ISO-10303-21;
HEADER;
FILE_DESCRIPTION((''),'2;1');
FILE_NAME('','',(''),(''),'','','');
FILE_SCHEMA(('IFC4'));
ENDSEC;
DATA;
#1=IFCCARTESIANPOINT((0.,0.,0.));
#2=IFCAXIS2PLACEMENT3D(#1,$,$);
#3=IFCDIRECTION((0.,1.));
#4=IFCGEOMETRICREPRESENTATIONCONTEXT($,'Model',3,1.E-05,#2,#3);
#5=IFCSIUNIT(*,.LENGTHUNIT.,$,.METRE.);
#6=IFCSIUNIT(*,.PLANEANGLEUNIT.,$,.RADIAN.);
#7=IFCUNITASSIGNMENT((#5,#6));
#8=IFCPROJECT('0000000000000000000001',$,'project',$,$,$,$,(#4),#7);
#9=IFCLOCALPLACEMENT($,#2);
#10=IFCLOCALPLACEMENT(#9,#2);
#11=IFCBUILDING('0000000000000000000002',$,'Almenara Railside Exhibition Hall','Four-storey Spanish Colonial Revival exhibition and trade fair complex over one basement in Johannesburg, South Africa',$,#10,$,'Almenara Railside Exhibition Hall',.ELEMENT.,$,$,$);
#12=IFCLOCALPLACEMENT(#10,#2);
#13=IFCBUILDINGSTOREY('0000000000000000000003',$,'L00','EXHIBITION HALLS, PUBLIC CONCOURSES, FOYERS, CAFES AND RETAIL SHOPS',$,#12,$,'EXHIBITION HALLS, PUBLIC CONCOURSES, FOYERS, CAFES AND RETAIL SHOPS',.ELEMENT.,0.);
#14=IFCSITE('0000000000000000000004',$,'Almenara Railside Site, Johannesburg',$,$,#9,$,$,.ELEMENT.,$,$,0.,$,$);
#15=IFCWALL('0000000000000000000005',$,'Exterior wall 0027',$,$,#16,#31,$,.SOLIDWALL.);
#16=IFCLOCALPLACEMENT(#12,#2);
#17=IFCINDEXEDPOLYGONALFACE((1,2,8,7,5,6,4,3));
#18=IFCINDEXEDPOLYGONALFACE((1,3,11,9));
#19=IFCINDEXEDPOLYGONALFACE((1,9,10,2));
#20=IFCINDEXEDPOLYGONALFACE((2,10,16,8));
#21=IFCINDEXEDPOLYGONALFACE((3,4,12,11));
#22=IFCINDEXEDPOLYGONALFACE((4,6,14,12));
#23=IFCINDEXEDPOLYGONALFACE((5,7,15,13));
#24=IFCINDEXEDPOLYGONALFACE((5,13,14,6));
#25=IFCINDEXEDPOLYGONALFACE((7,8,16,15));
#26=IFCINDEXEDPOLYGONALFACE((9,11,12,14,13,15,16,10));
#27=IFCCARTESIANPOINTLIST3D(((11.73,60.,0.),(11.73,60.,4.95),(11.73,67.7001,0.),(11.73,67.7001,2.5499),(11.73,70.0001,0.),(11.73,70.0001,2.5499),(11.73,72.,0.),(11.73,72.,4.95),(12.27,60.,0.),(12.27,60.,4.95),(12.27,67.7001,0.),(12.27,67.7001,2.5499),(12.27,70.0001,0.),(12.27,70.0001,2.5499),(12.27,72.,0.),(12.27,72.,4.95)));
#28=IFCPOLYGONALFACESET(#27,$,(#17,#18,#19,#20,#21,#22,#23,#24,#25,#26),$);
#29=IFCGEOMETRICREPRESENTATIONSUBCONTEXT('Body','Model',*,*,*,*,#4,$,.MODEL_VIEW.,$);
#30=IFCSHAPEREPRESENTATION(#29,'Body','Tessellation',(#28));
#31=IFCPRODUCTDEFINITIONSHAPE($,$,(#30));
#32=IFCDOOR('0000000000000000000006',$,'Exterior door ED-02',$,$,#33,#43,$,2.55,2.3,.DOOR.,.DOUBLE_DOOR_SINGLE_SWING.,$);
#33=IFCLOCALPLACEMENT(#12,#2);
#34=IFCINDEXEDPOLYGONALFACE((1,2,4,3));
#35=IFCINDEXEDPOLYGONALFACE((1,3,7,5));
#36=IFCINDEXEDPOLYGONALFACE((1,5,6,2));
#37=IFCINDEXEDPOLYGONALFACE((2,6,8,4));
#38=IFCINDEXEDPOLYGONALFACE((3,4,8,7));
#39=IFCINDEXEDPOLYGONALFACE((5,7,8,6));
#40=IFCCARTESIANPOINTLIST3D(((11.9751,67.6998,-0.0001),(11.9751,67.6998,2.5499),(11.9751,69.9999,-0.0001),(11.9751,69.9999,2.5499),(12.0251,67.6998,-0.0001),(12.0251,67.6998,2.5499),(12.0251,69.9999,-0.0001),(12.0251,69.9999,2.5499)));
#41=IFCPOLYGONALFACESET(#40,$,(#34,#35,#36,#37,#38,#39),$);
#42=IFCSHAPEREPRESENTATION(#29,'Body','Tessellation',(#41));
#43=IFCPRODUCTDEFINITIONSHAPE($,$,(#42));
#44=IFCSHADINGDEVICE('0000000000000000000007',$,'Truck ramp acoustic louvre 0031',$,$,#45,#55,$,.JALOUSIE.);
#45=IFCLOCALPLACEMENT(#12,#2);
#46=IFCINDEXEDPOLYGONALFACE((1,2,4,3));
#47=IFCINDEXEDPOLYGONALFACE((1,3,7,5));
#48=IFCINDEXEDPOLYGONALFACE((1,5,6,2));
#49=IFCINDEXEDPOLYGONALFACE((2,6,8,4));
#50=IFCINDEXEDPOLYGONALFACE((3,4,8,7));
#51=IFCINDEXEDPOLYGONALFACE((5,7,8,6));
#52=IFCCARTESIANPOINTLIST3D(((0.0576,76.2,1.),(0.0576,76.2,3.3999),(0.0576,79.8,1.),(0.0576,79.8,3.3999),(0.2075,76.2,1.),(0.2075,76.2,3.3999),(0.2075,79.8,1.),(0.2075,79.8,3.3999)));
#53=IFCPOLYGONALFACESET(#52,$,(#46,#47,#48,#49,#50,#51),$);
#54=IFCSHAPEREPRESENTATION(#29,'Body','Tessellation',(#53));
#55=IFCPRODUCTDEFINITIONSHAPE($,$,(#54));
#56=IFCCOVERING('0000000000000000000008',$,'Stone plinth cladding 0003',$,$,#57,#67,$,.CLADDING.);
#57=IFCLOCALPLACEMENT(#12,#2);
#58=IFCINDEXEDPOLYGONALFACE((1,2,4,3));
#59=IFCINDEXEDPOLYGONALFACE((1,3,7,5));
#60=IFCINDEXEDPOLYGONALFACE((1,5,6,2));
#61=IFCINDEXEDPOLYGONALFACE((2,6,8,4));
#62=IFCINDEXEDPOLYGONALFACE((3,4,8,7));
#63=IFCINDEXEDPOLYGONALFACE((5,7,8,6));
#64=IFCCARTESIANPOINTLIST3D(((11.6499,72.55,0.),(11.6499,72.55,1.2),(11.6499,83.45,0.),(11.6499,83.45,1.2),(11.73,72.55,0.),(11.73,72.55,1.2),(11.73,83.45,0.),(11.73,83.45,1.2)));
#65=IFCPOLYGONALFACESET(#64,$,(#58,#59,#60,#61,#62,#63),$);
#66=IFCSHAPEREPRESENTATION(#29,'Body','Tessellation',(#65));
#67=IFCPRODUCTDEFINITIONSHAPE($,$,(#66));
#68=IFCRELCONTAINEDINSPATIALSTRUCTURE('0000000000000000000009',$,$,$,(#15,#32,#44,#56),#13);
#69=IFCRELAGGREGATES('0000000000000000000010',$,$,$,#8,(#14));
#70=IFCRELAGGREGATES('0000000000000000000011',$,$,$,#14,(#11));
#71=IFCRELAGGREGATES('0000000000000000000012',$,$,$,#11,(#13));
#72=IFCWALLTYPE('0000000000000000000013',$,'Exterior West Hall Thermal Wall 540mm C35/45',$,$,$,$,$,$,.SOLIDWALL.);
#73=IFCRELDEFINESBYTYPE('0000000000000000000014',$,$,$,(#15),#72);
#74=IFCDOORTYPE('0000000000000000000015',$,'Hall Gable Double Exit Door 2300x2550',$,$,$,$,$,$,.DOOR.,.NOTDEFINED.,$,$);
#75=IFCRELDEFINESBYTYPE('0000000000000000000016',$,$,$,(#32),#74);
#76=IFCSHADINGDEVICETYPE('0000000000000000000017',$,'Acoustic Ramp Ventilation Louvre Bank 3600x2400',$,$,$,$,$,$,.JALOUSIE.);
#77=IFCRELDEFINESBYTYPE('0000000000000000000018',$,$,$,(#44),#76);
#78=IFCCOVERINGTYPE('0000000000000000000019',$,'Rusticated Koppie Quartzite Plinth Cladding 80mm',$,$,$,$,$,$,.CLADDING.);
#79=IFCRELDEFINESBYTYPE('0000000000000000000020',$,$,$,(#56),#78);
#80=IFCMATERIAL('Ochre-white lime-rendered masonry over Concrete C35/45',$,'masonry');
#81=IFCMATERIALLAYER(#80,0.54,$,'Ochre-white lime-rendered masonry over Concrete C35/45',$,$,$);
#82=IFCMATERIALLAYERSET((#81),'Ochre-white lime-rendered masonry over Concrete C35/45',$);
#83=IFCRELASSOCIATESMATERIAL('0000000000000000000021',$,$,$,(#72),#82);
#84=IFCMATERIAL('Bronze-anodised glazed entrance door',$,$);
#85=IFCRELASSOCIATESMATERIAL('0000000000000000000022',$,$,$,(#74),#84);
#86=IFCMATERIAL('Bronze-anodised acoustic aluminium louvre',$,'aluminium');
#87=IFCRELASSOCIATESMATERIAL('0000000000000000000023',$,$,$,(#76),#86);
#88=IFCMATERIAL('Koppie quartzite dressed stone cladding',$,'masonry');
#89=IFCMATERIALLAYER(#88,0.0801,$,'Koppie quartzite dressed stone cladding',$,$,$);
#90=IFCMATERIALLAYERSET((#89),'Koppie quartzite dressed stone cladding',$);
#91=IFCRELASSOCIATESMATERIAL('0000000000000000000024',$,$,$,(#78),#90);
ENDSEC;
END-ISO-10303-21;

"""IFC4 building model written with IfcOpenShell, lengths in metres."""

from ifc_helpers import new_model, si_unit, direction, frame, frame_2d, origin, origin_2d, place, context, subcontext, project, spatial, rectangle, extrude, material, layer, layer_set, type_object, element, fill, save


model = new_model("IFC4")

# Units and contexts
model_context = context("Model", 3, precision=1e-05, world=origin(), true_north=direction((0.0, 1.0)))
body_context = subcontext(model_context, "Body", "Model", "MODEL_VIEW")
ifc_project = project(units=[si_unit("LENGTHUNIT", "METRE"), si_unit("PLANEANGLEUNIT", "RADIAN")], contexts=[model_context])

# Site, building, storey
site_placement = place(None, origin())
site = spatial("IfcSite", under=ifc_project, at=site_placement, Name="Almenara Railside Site, Johannesburg", CompositionType="ELEMENT", RefElevation=0.0)
building_placement = place(site_placement, origin())
building = spatial("IfcBuilding", under=site, at=building_placement, Name="Almenara Railside Exhibition Hall", Description="Four-storey Spanish Colonial Revival exhibition and trade fair complex over one basement in Johannesburg, South Africa", LongName="Almenara Railside Exhibition Hall", CompositionType="ELEMENT")
storey_placement = place(building_placement, origin())
storey = spatial("IfcBuildingStorey", under=building, at=storey_placement, Name="L00", Description="EXHIBITION HALLS, PUBLIC CONCOURSES, FOYERS, CAFES AND RETAIL SHOPS", LongName="EXHIBITION HALLS, PUBLIC CONCOURSES, FOYERS, CAFES AND RETAIL SHOPS", CompositionType="ELEMENT", Elevation=0.0)

# Shared definitions
ifc_material_1 = material(Name="Ochre-white lime-rendered masonry over Concrete C35/45", Category="masonry")

# Wall, opening, door
ifc_layer_1 = layer(ifc_material_1, 0.54, Name="Ochre-white lime-rendered masonry over Concrete C35/45")
ifc_layer_set_1 = layer_set([ifc_layer_1], Name="Ochre-white lime-rendered masonry over Concrete C35/45")
wall_type_1 = type_object("IfcWallType", Name="Exterior West Hall Thermal Wall 540mm C35/45", PredefinedType="SOLIDWALL", material=ifc_layer_set_1)
wall_1_placement = place(storey_placement, frame((12.0, 72.0, 0.0), z_axis=(0.0, 0.0, 1.0), x_axis=(0.0, -1.0, 0.0)))
wall_1 = element("IfcWall", 1, at=wall_1_placement, inside=storey, type_object=wall_type_1, Name="Exterior wall 0027", PredefinedType="SOLIDWALL", context=body_context, shape_type="SweptSolid", body=[
    extrude(rectangle(XDim=12.0, YDim=0.54, at=frame_2d((6.0, 0.0))), origin(), (0.0, 0.0, 1.0), 4.95),
])
opening_placement = place(wall_1_placement, frame((2.0, 0.0, 0.0)))
opening = element("IfcOpeningElement", 2, at=opening_placement, cuts=wall_1, PredefinedType="OPENING", context=body_context, shape_type="SweptSolid", body=[
    extrude(rectangle(XDim=2.3, YDim=2.55, at=frame_2d((1.1499, 1.2749))), frame((0.0, 0.28, 0.0), z_axis=(0.0, -1.0, 0.0), x_axis=(1.0, 0.0, 0.0)), (0.0, 0.0, 1.0), 0.5601),
])
ifc_material_2 = material(Name="Bronze-anodised glazed entrance door")
door_type = type_object("IfcDoorType", Name="Hall Gable Double Exit Door 2300x2550", OperationType="NOTDEFINED", PredefinedType="DOOR", material=ifc_material_2)
door_placement = place(opening_placement, frame((2.3, 0.0, 0.0), z_axis=(0.0, 0.0, 1.0), x_axis=(-1.0, 0.0, 0.0)))
door = element("IfcDoor", 3, at=door_placement, inside=storey, type_object=door_type, Name="Exterior door ED-02", OperationType="DOUBLE_DOOR_SINGLE_SWING", OverallHeight=2.55, OverallWidth=2.3, PredefinedType="DOOR", context=body_context, shape_type="SweptSolid", body=[
    extrude(rectangle(XDim=2.3, YDim=2.55, at=frame_2d((1.1499, 1.2749))), frame((0.0, 0.0249, 0.0), z_axis=(0.0, -1.0, 0.0), x_axis=(1.0, 0.0, 0.0)), (0.0, 0.0, 1.0), 0.05),
])
fill(opening, door)

# Shading device
ifc_material_3 = material(Name="Bronze-anodised acoustic aluminium louvre", Category="aluminium")
shading_device_type = type_object("IfcShadingDeviceType", Name="Acoustic Ramp Ventilation Louvre Bank 3600x2400", PredefinedType="JALOUSIE", material=ifc_material_3)
shading_device_placement = place(storey_placement, frame((0.1326, 78.0, 1.0), z_axis=(0.0, 0.0, 1.0), x_axis=(0.0, 1.0, 0.0)))
element("IfcShadingDevice", 4, at=shading_device_placement, inside=storey, type_object=shading_device_type, Name="Truck ramp acoustic louvre 0031", PredefinedType="JALOUSIE", context=body_context, shape_type="SweptSolid", body=[
    extrude(rectangle(XDim=3.6001, YDim=0.1499, at=origin_2d()), origin(), (0.0, 0.0, 1.0), 2.3999),
])

# Covering
ifc_material_4 = material(Name="Koppie quartzite dressed stone cladding", Category="masonry")
ifc_layer_2 = layer(ifc_material_4, 0.0801, Name="Koppie quartzite dressed stone cladding")
ifc_layer_set_2 = layer_set([ifc_layer_2], Name="Koppie quartzite dressed stone cladding")
covering_type = type_object("IfcCoveringType", Name="Rusticated Koppie Quartzite Plinth Cladding 80mm", PredefinedType="CLADDING", material=ifc_layer_set_2)
covering_placement = place(storey_placement, frame((11.6899, 78.0, 0.0), z_axis=(0.0, 0.0, 1.0), x_axis=(0.0, -1.0, 0.0)))
element("IfcCovering", 5, at=covering_placement, inside=storey, type_object=covering_type, Name="Stone plinth cladding 0003", PredefinedType="CLADDING", context=body_context, shape_type="SweptSolid", body=[
    extrude(rectangle(XDim=10.8999, YDim=0.0801, at=origin_2d()), origin(), (0.0, 0.0, 1.0), 1.2),
])

save(model, "model.ifc")
